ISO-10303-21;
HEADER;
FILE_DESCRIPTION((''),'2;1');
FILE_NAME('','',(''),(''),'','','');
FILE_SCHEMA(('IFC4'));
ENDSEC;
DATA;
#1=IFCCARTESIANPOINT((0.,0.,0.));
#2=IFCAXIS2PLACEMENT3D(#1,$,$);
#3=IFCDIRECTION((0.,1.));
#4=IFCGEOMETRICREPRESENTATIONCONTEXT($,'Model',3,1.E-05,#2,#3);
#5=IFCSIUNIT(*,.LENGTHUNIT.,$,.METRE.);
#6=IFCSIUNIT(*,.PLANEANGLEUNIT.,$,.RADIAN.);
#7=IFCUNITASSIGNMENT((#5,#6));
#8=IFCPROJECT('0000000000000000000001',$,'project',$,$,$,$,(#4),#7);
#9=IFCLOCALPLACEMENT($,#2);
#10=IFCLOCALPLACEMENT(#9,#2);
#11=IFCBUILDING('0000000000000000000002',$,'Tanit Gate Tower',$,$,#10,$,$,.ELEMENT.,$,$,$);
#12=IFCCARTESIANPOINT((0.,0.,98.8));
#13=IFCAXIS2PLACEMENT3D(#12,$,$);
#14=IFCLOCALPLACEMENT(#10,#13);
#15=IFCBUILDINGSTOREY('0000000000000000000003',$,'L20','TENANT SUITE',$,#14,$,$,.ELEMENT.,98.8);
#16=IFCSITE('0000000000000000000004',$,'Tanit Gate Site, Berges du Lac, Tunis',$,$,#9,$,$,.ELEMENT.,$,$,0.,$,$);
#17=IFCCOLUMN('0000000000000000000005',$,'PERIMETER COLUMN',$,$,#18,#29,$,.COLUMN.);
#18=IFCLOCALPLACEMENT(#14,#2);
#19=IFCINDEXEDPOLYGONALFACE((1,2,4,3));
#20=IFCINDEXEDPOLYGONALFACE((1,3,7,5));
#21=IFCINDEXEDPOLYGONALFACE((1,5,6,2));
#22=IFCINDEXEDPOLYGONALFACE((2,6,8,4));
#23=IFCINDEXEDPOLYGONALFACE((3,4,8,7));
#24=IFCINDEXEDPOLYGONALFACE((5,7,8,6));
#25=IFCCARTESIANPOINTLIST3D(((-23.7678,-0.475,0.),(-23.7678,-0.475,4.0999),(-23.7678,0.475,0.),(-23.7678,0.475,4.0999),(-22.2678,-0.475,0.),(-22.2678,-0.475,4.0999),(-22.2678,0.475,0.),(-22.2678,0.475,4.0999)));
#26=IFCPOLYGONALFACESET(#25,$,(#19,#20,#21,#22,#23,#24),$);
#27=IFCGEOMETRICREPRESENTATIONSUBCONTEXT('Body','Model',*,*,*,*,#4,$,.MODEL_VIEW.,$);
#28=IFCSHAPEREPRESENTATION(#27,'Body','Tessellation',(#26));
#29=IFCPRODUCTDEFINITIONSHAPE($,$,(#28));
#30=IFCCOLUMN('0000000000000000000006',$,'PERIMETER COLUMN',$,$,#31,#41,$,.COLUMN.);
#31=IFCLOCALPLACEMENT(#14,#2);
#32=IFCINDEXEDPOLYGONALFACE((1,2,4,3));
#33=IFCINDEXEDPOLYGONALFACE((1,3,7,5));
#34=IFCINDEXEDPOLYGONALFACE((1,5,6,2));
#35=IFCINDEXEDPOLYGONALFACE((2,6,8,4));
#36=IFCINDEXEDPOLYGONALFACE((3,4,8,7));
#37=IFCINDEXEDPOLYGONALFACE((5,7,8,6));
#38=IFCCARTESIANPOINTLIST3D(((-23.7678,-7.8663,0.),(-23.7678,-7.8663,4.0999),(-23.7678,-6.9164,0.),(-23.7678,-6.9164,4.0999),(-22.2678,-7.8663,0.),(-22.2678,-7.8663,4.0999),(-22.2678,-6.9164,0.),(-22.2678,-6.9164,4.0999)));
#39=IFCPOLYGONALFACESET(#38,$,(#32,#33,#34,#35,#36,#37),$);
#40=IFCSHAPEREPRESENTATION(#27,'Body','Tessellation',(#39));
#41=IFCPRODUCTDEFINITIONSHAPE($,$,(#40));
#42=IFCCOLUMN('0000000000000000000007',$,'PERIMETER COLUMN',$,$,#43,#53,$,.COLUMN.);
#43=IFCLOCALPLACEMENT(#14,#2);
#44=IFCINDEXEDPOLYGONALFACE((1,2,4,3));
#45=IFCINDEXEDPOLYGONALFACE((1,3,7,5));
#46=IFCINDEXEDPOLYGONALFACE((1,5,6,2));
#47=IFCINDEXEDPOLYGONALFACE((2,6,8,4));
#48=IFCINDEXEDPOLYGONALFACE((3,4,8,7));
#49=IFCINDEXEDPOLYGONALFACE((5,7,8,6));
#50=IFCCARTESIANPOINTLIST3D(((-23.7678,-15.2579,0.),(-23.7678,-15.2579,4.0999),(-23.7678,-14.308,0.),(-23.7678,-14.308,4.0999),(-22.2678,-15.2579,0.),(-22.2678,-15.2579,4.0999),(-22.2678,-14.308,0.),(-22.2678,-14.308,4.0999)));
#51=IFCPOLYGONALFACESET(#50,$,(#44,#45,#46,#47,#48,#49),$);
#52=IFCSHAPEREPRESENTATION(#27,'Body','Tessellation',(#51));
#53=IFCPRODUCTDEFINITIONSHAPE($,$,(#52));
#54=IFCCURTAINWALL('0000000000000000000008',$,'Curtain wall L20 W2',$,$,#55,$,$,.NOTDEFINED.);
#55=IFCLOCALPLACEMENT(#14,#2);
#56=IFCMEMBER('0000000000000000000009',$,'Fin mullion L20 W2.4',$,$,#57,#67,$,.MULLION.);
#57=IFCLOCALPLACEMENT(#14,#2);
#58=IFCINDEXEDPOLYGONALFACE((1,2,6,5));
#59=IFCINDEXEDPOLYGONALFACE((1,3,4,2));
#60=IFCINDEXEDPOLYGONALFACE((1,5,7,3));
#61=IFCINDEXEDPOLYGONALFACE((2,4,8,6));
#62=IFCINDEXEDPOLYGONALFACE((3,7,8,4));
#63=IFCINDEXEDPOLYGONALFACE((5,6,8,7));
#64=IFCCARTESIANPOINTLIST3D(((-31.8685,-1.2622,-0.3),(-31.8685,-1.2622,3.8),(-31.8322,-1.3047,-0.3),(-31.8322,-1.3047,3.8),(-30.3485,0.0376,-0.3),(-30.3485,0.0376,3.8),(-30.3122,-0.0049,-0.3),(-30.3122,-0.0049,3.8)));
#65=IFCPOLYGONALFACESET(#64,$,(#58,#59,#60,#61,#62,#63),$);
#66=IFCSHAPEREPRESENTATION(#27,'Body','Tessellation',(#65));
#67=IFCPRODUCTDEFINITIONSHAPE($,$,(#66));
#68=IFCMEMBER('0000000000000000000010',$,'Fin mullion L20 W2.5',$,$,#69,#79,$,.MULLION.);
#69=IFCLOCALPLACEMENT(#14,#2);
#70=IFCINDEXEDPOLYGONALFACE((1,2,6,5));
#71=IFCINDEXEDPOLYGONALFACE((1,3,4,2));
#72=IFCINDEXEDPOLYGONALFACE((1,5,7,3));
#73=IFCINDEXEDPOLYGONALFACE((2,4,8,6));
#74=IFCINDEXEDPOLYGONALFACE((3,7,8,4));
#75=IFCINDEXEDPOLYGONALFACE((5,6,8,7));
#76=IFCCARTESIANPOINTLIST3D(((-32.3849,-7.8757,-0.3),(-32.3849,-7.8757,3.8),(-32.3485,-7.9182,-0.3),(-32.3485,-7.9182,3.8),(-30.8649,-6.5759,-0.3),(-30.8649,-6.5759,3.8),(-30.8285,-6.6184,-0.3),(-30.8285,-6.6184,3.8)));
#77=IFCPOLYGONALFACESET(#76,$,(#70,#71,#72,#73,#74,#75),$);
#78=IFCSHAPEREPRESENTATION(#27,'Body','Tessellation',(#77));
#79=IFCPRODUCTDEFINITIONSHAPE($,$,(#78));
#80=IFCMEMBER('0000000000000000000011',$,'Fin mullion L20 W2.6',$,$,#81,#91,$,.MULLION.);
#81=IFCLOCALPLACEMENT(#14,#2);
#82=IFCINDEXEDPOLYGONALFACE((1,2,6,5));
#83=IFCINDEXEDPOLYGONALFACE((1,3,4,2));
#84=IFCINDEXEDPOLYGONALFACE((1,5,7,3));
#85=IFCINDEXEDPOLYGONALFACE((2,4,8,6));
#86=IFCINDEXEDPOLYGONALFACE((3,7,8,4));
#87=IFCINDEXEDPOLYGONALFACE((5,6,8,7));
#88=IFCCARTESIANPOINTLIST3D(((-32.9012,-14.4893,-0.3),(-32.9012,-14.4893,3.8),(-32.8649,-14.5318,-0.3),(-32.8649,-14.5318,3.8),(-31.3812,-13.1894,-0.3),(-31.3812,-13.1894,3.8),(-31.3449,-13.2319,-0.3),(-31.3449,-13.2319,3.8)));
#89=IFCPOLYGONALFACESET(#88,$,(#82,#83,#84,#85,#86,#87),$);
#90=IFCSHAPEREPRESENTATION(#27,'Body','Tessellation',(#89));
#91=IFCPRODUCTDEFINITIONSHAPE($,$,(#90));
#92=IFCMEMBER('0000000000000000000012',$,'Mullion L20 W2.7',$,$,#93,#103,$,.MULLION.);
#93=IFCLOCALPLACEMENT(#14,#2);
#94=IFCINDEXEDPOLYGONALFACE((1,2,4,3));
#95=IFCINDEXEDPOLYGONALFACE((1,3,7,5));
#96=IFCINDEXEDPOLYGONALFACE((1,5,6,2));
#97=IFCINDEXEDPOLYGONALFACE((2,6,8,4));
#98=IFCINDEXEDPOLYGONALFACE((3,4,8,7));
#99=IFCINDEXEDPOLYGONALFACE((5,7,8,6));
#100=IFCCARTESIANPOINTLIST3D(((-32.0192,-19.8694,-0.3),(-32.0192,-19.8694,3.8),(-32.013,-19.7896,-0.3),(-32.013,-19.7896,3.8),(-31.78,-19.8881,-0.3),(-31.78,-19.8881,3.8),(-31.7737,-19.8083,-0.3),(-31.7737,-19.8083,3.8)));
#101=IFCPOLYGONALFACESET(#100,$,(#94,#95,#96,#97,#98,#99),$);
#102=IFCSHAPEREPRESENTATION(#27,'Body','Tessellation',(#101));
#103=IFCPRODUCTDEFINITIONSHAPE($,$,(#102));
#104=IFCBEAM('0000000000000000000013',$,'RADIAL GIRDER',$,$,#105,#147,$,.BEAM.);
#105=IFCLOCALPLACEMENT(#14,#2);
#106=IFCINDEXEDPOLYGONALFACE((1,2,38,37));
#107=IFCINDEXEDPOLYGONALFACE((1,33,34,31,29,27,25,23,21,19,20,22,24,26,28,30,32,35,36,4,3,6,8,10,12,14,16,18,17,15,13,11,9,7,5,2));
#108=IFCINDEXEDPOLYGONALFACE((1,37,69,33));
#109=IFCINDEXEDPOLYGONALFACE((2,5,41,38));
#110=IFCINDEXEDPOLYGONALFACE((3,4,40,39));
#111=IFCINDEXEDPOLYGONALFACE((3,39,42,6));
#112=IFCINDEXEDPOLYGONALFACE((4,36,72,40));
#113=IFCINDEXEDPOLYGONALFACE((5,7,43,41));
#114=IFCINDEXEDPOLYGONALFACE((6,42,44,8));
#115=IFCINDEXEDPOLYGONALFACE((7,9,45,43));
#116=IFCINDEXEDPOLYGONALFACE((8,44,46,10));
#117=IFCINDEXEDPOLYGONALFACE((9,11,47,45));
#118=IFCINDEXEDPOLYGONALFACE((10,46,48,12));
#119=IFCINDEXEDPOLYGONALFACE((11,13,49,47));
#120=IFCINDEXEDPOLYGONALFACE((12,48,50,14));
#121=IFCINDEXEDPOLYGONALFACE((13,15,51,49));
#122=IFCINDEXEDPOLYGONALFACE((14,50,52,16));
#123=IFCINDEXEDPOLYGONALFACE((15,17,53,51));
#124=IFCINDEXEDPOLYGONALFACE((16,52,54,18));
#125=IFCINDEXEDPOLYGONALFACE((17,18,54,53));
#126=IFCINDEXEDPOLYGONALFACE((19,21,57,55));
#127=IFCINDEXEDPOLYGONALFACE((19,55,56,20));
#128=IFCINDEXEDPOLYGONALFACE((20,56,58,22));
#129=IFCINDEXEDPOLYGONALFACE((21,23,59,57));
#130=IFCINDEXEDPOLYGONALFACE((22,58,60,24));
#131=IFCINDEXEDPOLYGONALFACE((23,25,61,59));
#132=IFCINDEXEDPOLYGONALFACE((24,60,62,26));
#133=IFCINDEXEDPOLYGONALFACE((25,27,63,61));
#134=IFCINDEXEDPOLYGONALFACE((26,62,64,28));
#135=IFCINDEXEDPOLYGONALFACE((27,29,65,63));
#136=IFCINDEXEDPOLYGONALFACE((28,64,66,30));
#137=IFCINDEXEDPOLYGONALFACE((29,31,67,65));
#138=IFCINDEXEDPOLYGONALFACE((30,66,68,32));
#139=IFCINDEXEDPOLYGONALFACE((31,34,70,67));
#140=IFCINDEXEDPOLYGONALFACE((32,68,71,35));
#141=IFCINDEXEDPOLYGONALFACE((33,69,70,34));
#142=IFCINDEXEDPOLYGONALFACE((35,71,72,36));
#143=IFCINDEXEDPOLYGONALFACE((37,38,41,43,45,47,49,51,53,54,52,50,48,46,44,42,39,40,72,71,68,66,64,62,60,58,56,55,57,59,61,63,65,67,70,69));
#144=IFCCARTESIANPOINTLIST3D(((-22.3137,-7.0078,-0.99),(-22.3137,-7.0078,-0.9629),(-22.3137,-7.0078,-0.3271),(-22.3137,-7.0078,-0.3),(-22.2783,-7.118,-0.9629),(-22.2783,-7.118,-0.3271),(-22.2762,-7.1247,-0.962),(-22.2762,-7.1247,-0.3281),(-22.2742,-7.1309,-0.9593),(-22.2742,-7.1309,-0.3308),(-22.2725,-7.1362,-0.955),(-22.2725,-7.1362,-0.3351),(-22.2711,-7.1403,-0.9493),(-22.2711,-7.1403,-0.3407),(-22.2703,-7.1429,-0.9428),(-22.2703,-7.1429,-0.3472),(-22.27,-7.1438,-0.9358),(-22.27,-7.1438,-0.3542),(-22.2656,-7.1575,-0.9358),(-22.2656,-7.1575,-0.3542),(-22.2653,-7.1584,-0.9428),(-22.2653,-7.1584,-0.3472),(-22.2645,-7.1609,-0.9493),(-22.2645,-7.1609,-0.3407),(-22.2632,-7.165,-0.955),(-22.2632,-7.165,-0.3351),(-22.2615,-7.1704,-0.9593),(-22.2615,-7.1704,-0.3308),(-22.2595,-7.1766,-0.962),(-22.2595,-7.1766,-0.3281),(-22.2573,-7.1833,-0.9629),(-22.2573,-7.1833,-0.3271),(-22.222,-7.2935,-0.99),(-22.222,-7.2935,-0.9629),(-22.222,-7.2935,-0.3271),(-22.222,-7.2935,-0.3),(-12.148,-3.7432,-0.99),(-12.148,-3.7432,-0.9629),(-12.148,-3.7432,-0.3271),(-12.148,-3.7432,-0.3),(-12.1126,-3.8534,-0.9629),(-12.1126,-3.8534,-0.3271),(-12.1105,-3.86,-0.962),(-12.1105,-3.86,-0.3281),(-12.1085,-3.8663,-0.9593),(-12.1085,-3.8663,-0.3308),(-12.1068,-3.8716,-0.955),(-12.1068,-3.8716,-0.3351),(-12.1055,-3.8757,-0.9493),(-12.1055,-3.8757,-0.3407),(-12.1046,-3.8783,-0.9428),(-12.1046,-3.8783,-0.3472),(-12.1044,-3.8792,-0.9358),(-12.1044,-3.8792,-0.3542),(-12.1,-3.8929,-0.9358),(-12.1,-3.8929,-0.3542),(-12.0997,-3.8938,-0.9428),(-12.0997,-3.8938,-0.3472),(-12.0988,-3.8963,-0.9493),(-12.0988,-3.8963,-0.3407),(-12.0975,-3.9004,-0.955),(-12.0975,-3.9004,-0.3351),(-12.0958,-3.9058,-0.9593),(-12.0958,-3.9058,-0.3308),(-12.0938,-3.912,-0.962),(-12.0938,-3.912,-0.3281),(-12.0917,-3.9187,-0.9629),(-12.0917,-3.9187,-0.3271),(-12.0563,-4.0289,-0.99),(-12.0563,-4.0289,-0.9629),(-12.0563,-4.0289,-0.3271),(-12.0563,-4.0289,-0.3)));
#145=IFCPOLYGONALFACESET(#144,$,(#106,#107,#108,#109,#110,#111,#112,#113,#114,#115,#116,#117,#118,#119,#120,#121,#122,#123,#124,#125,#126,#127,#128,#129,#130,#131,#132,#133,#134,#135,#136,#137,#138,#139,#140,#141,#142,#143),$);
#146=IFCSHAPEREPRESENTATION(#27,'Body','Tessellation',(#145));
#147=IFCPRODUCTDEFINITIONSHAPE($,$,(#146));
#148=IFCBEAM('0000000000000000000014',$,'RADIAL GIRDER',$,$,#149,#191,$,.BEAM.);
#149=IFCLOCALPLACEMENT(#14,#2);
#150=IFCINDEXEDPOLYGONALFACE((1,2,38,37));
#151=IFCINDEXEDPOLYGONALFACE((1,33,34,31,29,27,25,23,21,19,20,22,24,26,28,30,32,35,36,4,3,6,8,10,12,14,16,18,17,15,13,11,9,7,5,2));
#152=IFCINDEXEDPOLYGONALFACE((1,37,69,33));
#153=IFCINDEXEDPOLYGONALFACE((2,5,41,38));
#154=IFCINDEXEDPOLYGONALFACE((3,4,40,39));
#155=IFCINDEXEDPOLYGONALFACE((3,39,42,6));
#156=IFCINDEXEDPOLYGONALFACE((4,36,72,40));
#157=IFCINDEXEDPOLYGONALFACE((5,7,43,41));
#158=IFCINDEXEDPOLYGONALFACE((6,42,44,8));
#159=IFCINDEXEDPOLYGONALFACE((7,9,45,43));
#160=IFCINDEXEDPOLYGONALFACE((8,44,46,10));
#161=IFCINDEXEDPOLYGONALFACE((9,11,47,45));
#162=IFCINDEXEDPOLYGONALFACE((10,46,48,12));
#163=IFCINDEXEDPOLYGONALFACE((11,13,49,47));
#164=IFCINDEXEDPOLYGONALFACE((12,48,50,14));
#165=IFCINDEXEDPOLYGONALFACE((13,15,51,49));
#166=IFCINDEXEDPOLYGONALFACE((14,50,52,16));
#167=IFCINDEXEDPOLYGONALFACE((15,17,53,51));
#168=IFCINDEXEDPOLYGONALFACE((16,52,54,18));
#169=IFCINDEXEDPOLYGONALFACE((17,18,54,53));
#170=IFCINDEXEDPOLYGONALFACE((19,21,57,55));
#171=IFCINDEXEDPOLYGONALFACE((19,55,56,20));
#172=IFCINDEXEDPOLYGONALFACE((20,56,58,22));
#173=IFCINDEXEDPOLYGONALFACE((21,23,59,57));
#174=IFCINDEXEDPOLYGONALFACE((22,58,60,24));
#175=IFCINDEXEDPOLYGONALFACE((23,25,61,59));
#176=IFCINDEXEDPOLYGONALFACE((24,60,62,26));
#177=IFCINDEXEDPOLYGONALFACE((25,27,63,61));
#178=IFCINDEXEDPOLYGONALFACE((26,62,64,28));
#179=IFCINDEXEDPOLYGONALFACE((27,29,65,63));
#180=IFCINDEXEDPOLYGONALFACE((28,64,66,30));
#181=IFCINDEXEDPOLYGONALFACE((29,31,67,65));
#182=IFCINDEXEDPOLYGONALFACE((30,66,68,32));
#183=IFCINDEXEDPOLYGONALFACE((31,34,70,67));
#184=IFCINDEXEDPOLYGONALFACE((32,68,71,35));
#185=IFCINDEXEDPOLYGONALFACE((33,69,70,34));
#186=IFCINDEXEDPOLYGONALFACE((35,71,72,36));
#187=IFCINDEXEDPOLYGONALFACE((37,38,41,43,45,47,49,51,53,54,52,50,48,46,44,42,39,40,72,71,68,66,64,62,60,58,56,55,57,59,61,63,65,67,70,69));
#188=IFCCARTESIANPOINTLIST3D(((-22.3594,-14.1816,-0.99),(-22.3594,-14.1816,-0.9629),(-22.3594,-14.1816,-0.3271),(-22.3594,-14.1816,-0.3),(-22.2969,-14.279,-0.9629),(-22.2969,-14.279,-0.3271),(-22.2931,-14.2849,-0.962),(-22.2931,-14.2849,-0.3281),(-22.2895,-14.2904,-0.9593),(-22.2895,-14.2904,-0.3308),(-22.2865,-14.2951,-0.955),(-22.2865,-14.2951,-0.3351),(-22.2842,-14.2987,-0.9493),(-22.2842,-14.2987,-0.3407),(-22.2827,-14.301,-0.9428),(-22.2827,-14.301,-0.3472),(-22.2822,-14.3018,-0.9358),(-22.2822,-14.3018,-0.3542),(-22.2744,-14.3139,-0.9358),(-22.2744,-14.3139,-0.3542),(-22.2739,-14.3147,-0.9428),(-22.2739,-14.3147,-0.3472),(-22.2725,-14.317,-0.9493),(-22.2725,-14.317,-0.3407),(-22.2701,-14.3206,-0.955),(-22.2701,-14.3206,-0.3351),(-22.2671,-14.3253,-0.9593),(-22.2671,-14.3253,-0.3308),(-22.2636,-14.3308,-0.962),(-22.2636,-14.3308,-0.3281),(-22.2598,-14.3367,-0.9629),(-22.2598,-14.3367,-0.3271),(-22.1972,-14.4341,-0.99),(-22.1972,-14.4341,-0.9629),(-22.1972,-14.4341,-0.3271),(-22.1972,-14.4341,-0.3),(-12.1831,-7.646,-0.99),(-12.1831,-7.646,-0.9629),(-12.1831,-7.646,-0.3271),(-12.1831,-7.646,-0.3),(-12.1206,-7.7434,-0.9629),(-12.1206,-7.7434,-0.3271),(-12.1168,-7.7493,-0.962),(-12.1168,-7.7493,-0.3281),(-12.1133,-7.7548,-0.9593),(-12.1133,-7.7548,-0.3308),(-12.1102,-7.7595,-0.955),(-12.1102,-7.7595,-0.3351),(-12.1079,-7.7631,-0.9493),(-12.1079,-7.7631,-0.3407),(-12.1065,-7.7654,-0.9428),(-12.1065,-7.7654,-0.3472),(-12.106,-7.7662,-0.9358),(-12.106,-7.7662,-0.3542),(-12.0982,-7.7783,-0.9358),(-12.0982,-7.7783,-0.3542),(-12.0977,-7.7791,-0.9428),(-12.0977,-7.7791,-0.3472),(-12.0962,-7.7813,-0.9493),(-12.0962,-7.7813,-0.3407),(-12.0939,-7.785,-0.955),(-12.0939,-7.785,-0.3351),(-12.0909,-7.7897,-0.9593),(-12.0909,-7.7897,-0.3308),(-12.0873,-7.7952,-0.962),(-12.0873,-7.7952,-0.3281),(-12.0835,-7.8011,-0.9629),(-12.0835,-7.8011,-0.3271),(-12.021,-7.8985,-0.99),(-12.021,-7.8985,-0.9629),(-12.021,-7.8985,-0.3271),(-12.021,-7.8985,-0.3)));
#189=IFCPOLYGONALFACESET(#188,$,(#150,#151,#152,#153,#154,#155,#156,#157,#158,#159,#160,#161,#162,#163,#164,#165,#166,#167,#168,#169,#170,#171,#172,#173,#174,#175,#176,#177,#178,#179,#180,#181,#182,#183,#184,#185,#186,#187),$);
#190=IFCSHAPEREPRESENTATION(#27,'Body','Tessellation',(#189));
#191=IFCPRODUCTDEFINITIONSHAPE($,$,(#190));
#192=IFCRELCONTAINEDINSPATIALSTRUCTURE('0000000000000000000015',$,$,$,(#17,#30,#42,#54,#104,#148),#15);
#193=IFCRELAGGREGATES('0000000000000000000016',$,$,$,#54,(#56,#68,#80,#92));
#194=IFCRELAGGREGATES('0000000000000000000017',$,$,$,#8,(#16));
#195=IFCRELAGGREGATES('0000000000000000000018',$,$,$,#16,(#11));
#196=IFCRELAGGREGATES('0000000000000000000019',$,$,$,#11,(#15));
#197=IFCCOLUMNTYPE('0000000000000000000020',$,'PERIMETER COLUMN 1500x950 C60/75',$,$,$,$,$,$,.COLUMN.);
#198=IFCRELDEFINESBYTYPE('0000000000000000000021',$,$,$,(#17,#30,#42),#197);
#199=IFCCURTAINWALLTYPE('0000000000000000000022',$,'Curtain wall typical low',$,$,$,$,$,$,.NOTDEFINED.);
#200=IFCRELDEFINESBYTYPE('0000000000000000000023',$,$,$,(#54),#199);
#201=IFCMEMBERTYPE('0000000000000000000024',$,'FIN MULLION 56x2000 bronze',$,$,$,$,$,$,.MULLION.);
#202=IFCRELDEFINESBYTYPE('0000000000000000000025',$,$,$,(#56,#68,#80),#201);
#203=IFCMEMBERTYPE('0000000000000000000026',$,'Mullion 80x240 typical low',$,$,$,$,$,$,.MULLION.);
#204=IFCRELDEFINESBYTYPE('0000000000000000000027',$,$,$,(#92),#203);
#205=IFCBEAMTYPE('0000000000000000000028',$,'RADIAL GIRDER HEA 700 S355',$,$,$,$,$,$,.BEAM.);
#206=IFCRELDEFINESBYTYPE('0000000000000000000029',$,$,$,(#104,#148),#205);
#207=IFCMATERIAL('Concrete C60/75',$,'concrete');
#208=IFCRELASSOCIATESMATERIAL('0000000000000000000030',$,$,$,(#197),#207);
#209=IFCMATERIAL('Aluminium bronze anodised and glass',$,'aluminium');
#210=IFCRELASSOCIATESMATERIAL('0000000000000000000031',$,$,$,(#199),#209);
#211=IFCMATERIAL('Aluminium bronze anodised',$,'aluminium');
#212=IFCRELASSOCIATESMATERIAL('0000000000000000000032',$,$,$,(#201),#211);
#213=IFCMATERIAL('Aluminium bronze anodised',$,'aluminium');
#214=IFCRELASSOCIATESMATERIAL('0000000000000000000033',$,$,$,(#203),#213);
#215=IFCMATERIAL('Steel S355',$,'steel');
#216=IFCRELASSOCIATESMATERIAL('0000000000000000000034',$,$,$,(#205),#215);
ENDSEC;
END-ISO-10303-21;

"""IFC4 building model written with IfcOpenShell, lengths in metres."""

from ifc_helpers import new_model, si_unit, direction, frame, origin, origin_2d, place, context, subcontext, project, spatial, rectangle, i_section, extrude, material, material_profile, profile_set, type_object, element, aggregate, save


model = new_model("IFC4")

# Units and contexts
model_context = context("Model", 3, precision=1e-05, world=origin(), true_north=direction((0.0, 1.0)))
body_context = subcontext(model_context, "Body", "Model", "MODEL_VIEW")
ifc_project = project(units=[si_unit("LENGTHUNIT", "METRE"), si_unit("PLANEANGLEUNIT", "RADIAN")], contexts=[model_context])

# Site, building, storey
site_placement = place(None, origin())
site = spatial("IfcSite", under=ifc_project, at=site_placement, Name="Tanit Gate Site, Berges du Lac, Tunis", CompositionType="ELEMENT", RefElevation=0.0)
building_placement = place(site_placement, origin())
building = spatial("IfcBuilding", under=site, at=building_placement, Name="Tanit Gate Tower", CompositionType="ELEMENT")
storey_placement = place(building_placement, frame((0.0, 0.0, 98.8)))
storey = spatial("IfcBuildingStorey", under=building, at=storey_placement, Name="L20", Description="TENANT SUITE", CompositionType="ELEMENT", Elevation=98.8)

# Columns
ifc_material_1 = material(Name="Concrete C60/75", Category="concrete")
ifc_material_profile_1 = material_profile(ifc_material_1, rectangle(XDim=1.5, YDim=0.95, at=origin_2d()), Name="RC 1500x950")
ifc_profile_set_1 = profile_set([ifc_material_profile_1], Name="Concrete C60/75")
column_type = type_object("IfcColumnType", Name="PERIMETER COLUMN 1500x950 C60/75", PredefinedType="COLUMN", material=ifc_profile_set_1)
for number, where, z_axis, x_axis, name in (
    (1, (-23.0178, 0.0, 0.0), (0.0, 0.0, 1.0), (-1.0, 0.0, 0.0), "PERIMETER COLUMN"),
    (2, (-23.0178, -7.3914, 0.0), (0.0, 0.0, 1.0), (-1.0, 0.0, 0.0), "PERIMETER COLUMN"),
    (3, (-23.0178, -14.783, 0.0), (0.0, 0.0, 1.0), (-1.0, 0.0, 0.0), "PERIMETER COLUMN"),
):
    element("IfcColumn", number, at=place(storey_placement, frame(where, z_axis=z_axis, x_axis=x_axis)), inside=storey, type_object=column_type, Name=name, PredefinedType="COLUMN", context=body_context, shape_type="SweptSolid", body=[
        extrude(rectangle(XDim=1.5, YDim=0.95, at=origin_2d()), origin(), (0.0, 0.0, 1.0), 4.0999),
    ])

# Curtain wall, members
ifc_material_2 = material(Name="Aluminium bronze anodised and glass", Category="aluminium")
curtain_wall_type = type_object("IfcCurtainWallType", Name="Curtain wall typical low", PredefinedType="NOTDEFINED", material=ifc_material_2)
curtain_wall_placement = place(storey_placement, origin())
curtain_wall = element("IfcCurtainWall", 4, at=curtain_wall_placement, inside=storey, type_object=curtain_wall_type, Name="Curtain wall L20 W2", PredefinedType="NOTDEFINED")
ifc_material_3 = material(Name="Aluminium bronze anodised", Category="aluminium")
ifc_material_profile_2 = material_profile(ifc_material_3, rectangle(XDim=2.0, YDim=0.0559, at=origin_2d()), Name="56x2000 bronze fin mullion")
ifc_profile_set_2 = profile_set([ifc_material_profile_2], Name="Aluminium bronze anodised")
member_type_1 = type_object("IfcMemberType", Name="FIN MULLION 56x2000 bronze", PredefinedType="MULLION", material=ifc_profile_set_2)
member_1_placement = place(storey_placement, frame((-31.0903, -0.6335, -0.3), z_axis=(0.0, 0.0, 1.0), x_axis=(0.760002, 0.649921, 0.0)))
member_1 = element("IfcMember", 5, at=member_1_placement, type_object=member_type_1, Name="Fin mullion L20 W2.4", PredefinedType="MULLION", context=body_context, shape_type="SweptSolid", body=[
    extrude(rectangle(XDim=2.0, YDim=0.0559, at=origin_2d()), origin(), (0.0, 0.0, 1.0), 4.1001),
])
member_2_placement = place(storey_placement, frame((-31.6067, -7.2471, -0.3), z_axis=(0.0, 0.0, 1.0), x_axis=(0.760002, 0.649921, 0.0)))
member_2 = element("IfcMember", 6, at=member_2_placement, type_object=member_type_1, Name="Fin mullion L20 W2.5", PredefinedType="MULLION", context=body_context, shape_type="SweptSolid", body=[
    extrude(rectangle(XDim=2.0, YDim=0.0559, at=origin_2d()), origin(), (0.0, 0.0, 1.0), 4.1001),
])
member_3_placement = place(storey_placement, frame((-32.123, -13.8606, -0.3), z_axis=(0.0, 0.0, 1.0), x_axis=(0.760002, 0.649921, 0.0)))
member_3 = element("IfcMember", 7, at=member_3_placement, type_object=member_type_1, Name="Fin mullion L20 W2.6", PredefinedType="MULLION", context=body_context, shape_type="SweptSolid", body=[
    extrude(rectangle(XDim=2.0, YDim=0.0559, at=origin_2d()), origin(), (0.0, 0.0, 1.0), 4.1001),
])
ifc_material_4 = material(Name="Aluminium bronze anodised", Category="aluminium")
ifc_material_profile_3 = material_profile(ifc_material_4, rectangle(XDim=0.24, YDim=0.0801, at=origin_2d()), Name="80x240 bronze mullion")
ifc_profile_set_3 = profile_set([ifc_material_profile_3], Name="Aluminium bronze anodised")
member_type_2 = type_object("IfcMemberType", Name="Mullion 80x240 typical low", PredefinedType="MULLION", material=ifc_profile_set_3)
member_4_placement = place(storey_placement, frame((-31.8965, -19.8389, -0.3), z_axis=(0.0, 0.0, 1.0), x_axis=(0.996966, -0.077839, 0.0)))
member_4 = element("IfcMember", 8, at=member_4_placement, type_object=member_type_2, Name="Mullion L20 W2.7", PredefinedType="MULLION", context=body_context, shape_type="SweptSolid", body=[
    extrude(rectangle(XDim=0.24, YDim=0.0801, at=origin_2d()), origin(), (0.0, 0.0, 1.0), 4.1001),
])

# Beams
ifc_material_5 = material(Name="Steel S355", Category="steel")
ifc_material_profile_4 = material_profile(ifc_material_5, i_section(OverallWidth=0.3, OverallDepth=0.6899, WebThickness=0.0144, FlangeThickness=0.0271, FilletRadius=0.0271, at=origin_2d()), Name="HEA 700")
ifc_profile_set_4 = profile_set([ifc_material_profile_4], Name="Steel S355")
beam_type = type_object("IfcBeamType", Name="RADIAL GIRDER HEA 700 S355", PredefinedType="BEAM", material=ifc_profile_set_4)
beam_1_placement = place(storey_placement, frame((-22.2678, -7.1506, -0.645), z_axis=(0.952108, 0.305761, 0.0), x_axis=(-0.305761, 0.952108, 0.0)))
element("IfcBeam", 9, at=beam_1_placement, inside=storey, type_object=beam_type, Name="RADIAL GIRDER", PredefinedType="BEAM", context=body_context, shape_type="SweptSolid", body=[
    extrude(i_section(OverallWidth=0.3, OverallDepth=0.6899, WebThickness=0.0144, FlangeThickness=0.0271, FilletRadius=0.0271, at=origin_2d()), origin(), (0.0, 0.0, 1.0), 10.677),
])
beam_2_placement = place(storey_placement, frame((-22.2783, -14.3079, -0.645), z_axis=(0.841413, 0.540392, 0.0), x_axis=(-0.540392, 0.841413, 0.0)))
element("IfcBeam", 10, at=beam_2_placement, inside=storey, type_object=beam_type, Name="RADIAL GIRDER", PredefinedType="BEAM", context=body_context, shape_type="SweptSolid", body=[
    extrude(i_section(OverallWidth=0.3, OverallDepth=0.6899, WebThickness=0.0144, FlangeThickness=0.0271, FilletRadius=0.0271, at=origin_2d()), origin(), (0.0, 0.0, 1.0), 12.0942),
])

aggregate(curtain_wall, [member_1, member_2, member_3, member_4])

save(model, "model.ifc")
